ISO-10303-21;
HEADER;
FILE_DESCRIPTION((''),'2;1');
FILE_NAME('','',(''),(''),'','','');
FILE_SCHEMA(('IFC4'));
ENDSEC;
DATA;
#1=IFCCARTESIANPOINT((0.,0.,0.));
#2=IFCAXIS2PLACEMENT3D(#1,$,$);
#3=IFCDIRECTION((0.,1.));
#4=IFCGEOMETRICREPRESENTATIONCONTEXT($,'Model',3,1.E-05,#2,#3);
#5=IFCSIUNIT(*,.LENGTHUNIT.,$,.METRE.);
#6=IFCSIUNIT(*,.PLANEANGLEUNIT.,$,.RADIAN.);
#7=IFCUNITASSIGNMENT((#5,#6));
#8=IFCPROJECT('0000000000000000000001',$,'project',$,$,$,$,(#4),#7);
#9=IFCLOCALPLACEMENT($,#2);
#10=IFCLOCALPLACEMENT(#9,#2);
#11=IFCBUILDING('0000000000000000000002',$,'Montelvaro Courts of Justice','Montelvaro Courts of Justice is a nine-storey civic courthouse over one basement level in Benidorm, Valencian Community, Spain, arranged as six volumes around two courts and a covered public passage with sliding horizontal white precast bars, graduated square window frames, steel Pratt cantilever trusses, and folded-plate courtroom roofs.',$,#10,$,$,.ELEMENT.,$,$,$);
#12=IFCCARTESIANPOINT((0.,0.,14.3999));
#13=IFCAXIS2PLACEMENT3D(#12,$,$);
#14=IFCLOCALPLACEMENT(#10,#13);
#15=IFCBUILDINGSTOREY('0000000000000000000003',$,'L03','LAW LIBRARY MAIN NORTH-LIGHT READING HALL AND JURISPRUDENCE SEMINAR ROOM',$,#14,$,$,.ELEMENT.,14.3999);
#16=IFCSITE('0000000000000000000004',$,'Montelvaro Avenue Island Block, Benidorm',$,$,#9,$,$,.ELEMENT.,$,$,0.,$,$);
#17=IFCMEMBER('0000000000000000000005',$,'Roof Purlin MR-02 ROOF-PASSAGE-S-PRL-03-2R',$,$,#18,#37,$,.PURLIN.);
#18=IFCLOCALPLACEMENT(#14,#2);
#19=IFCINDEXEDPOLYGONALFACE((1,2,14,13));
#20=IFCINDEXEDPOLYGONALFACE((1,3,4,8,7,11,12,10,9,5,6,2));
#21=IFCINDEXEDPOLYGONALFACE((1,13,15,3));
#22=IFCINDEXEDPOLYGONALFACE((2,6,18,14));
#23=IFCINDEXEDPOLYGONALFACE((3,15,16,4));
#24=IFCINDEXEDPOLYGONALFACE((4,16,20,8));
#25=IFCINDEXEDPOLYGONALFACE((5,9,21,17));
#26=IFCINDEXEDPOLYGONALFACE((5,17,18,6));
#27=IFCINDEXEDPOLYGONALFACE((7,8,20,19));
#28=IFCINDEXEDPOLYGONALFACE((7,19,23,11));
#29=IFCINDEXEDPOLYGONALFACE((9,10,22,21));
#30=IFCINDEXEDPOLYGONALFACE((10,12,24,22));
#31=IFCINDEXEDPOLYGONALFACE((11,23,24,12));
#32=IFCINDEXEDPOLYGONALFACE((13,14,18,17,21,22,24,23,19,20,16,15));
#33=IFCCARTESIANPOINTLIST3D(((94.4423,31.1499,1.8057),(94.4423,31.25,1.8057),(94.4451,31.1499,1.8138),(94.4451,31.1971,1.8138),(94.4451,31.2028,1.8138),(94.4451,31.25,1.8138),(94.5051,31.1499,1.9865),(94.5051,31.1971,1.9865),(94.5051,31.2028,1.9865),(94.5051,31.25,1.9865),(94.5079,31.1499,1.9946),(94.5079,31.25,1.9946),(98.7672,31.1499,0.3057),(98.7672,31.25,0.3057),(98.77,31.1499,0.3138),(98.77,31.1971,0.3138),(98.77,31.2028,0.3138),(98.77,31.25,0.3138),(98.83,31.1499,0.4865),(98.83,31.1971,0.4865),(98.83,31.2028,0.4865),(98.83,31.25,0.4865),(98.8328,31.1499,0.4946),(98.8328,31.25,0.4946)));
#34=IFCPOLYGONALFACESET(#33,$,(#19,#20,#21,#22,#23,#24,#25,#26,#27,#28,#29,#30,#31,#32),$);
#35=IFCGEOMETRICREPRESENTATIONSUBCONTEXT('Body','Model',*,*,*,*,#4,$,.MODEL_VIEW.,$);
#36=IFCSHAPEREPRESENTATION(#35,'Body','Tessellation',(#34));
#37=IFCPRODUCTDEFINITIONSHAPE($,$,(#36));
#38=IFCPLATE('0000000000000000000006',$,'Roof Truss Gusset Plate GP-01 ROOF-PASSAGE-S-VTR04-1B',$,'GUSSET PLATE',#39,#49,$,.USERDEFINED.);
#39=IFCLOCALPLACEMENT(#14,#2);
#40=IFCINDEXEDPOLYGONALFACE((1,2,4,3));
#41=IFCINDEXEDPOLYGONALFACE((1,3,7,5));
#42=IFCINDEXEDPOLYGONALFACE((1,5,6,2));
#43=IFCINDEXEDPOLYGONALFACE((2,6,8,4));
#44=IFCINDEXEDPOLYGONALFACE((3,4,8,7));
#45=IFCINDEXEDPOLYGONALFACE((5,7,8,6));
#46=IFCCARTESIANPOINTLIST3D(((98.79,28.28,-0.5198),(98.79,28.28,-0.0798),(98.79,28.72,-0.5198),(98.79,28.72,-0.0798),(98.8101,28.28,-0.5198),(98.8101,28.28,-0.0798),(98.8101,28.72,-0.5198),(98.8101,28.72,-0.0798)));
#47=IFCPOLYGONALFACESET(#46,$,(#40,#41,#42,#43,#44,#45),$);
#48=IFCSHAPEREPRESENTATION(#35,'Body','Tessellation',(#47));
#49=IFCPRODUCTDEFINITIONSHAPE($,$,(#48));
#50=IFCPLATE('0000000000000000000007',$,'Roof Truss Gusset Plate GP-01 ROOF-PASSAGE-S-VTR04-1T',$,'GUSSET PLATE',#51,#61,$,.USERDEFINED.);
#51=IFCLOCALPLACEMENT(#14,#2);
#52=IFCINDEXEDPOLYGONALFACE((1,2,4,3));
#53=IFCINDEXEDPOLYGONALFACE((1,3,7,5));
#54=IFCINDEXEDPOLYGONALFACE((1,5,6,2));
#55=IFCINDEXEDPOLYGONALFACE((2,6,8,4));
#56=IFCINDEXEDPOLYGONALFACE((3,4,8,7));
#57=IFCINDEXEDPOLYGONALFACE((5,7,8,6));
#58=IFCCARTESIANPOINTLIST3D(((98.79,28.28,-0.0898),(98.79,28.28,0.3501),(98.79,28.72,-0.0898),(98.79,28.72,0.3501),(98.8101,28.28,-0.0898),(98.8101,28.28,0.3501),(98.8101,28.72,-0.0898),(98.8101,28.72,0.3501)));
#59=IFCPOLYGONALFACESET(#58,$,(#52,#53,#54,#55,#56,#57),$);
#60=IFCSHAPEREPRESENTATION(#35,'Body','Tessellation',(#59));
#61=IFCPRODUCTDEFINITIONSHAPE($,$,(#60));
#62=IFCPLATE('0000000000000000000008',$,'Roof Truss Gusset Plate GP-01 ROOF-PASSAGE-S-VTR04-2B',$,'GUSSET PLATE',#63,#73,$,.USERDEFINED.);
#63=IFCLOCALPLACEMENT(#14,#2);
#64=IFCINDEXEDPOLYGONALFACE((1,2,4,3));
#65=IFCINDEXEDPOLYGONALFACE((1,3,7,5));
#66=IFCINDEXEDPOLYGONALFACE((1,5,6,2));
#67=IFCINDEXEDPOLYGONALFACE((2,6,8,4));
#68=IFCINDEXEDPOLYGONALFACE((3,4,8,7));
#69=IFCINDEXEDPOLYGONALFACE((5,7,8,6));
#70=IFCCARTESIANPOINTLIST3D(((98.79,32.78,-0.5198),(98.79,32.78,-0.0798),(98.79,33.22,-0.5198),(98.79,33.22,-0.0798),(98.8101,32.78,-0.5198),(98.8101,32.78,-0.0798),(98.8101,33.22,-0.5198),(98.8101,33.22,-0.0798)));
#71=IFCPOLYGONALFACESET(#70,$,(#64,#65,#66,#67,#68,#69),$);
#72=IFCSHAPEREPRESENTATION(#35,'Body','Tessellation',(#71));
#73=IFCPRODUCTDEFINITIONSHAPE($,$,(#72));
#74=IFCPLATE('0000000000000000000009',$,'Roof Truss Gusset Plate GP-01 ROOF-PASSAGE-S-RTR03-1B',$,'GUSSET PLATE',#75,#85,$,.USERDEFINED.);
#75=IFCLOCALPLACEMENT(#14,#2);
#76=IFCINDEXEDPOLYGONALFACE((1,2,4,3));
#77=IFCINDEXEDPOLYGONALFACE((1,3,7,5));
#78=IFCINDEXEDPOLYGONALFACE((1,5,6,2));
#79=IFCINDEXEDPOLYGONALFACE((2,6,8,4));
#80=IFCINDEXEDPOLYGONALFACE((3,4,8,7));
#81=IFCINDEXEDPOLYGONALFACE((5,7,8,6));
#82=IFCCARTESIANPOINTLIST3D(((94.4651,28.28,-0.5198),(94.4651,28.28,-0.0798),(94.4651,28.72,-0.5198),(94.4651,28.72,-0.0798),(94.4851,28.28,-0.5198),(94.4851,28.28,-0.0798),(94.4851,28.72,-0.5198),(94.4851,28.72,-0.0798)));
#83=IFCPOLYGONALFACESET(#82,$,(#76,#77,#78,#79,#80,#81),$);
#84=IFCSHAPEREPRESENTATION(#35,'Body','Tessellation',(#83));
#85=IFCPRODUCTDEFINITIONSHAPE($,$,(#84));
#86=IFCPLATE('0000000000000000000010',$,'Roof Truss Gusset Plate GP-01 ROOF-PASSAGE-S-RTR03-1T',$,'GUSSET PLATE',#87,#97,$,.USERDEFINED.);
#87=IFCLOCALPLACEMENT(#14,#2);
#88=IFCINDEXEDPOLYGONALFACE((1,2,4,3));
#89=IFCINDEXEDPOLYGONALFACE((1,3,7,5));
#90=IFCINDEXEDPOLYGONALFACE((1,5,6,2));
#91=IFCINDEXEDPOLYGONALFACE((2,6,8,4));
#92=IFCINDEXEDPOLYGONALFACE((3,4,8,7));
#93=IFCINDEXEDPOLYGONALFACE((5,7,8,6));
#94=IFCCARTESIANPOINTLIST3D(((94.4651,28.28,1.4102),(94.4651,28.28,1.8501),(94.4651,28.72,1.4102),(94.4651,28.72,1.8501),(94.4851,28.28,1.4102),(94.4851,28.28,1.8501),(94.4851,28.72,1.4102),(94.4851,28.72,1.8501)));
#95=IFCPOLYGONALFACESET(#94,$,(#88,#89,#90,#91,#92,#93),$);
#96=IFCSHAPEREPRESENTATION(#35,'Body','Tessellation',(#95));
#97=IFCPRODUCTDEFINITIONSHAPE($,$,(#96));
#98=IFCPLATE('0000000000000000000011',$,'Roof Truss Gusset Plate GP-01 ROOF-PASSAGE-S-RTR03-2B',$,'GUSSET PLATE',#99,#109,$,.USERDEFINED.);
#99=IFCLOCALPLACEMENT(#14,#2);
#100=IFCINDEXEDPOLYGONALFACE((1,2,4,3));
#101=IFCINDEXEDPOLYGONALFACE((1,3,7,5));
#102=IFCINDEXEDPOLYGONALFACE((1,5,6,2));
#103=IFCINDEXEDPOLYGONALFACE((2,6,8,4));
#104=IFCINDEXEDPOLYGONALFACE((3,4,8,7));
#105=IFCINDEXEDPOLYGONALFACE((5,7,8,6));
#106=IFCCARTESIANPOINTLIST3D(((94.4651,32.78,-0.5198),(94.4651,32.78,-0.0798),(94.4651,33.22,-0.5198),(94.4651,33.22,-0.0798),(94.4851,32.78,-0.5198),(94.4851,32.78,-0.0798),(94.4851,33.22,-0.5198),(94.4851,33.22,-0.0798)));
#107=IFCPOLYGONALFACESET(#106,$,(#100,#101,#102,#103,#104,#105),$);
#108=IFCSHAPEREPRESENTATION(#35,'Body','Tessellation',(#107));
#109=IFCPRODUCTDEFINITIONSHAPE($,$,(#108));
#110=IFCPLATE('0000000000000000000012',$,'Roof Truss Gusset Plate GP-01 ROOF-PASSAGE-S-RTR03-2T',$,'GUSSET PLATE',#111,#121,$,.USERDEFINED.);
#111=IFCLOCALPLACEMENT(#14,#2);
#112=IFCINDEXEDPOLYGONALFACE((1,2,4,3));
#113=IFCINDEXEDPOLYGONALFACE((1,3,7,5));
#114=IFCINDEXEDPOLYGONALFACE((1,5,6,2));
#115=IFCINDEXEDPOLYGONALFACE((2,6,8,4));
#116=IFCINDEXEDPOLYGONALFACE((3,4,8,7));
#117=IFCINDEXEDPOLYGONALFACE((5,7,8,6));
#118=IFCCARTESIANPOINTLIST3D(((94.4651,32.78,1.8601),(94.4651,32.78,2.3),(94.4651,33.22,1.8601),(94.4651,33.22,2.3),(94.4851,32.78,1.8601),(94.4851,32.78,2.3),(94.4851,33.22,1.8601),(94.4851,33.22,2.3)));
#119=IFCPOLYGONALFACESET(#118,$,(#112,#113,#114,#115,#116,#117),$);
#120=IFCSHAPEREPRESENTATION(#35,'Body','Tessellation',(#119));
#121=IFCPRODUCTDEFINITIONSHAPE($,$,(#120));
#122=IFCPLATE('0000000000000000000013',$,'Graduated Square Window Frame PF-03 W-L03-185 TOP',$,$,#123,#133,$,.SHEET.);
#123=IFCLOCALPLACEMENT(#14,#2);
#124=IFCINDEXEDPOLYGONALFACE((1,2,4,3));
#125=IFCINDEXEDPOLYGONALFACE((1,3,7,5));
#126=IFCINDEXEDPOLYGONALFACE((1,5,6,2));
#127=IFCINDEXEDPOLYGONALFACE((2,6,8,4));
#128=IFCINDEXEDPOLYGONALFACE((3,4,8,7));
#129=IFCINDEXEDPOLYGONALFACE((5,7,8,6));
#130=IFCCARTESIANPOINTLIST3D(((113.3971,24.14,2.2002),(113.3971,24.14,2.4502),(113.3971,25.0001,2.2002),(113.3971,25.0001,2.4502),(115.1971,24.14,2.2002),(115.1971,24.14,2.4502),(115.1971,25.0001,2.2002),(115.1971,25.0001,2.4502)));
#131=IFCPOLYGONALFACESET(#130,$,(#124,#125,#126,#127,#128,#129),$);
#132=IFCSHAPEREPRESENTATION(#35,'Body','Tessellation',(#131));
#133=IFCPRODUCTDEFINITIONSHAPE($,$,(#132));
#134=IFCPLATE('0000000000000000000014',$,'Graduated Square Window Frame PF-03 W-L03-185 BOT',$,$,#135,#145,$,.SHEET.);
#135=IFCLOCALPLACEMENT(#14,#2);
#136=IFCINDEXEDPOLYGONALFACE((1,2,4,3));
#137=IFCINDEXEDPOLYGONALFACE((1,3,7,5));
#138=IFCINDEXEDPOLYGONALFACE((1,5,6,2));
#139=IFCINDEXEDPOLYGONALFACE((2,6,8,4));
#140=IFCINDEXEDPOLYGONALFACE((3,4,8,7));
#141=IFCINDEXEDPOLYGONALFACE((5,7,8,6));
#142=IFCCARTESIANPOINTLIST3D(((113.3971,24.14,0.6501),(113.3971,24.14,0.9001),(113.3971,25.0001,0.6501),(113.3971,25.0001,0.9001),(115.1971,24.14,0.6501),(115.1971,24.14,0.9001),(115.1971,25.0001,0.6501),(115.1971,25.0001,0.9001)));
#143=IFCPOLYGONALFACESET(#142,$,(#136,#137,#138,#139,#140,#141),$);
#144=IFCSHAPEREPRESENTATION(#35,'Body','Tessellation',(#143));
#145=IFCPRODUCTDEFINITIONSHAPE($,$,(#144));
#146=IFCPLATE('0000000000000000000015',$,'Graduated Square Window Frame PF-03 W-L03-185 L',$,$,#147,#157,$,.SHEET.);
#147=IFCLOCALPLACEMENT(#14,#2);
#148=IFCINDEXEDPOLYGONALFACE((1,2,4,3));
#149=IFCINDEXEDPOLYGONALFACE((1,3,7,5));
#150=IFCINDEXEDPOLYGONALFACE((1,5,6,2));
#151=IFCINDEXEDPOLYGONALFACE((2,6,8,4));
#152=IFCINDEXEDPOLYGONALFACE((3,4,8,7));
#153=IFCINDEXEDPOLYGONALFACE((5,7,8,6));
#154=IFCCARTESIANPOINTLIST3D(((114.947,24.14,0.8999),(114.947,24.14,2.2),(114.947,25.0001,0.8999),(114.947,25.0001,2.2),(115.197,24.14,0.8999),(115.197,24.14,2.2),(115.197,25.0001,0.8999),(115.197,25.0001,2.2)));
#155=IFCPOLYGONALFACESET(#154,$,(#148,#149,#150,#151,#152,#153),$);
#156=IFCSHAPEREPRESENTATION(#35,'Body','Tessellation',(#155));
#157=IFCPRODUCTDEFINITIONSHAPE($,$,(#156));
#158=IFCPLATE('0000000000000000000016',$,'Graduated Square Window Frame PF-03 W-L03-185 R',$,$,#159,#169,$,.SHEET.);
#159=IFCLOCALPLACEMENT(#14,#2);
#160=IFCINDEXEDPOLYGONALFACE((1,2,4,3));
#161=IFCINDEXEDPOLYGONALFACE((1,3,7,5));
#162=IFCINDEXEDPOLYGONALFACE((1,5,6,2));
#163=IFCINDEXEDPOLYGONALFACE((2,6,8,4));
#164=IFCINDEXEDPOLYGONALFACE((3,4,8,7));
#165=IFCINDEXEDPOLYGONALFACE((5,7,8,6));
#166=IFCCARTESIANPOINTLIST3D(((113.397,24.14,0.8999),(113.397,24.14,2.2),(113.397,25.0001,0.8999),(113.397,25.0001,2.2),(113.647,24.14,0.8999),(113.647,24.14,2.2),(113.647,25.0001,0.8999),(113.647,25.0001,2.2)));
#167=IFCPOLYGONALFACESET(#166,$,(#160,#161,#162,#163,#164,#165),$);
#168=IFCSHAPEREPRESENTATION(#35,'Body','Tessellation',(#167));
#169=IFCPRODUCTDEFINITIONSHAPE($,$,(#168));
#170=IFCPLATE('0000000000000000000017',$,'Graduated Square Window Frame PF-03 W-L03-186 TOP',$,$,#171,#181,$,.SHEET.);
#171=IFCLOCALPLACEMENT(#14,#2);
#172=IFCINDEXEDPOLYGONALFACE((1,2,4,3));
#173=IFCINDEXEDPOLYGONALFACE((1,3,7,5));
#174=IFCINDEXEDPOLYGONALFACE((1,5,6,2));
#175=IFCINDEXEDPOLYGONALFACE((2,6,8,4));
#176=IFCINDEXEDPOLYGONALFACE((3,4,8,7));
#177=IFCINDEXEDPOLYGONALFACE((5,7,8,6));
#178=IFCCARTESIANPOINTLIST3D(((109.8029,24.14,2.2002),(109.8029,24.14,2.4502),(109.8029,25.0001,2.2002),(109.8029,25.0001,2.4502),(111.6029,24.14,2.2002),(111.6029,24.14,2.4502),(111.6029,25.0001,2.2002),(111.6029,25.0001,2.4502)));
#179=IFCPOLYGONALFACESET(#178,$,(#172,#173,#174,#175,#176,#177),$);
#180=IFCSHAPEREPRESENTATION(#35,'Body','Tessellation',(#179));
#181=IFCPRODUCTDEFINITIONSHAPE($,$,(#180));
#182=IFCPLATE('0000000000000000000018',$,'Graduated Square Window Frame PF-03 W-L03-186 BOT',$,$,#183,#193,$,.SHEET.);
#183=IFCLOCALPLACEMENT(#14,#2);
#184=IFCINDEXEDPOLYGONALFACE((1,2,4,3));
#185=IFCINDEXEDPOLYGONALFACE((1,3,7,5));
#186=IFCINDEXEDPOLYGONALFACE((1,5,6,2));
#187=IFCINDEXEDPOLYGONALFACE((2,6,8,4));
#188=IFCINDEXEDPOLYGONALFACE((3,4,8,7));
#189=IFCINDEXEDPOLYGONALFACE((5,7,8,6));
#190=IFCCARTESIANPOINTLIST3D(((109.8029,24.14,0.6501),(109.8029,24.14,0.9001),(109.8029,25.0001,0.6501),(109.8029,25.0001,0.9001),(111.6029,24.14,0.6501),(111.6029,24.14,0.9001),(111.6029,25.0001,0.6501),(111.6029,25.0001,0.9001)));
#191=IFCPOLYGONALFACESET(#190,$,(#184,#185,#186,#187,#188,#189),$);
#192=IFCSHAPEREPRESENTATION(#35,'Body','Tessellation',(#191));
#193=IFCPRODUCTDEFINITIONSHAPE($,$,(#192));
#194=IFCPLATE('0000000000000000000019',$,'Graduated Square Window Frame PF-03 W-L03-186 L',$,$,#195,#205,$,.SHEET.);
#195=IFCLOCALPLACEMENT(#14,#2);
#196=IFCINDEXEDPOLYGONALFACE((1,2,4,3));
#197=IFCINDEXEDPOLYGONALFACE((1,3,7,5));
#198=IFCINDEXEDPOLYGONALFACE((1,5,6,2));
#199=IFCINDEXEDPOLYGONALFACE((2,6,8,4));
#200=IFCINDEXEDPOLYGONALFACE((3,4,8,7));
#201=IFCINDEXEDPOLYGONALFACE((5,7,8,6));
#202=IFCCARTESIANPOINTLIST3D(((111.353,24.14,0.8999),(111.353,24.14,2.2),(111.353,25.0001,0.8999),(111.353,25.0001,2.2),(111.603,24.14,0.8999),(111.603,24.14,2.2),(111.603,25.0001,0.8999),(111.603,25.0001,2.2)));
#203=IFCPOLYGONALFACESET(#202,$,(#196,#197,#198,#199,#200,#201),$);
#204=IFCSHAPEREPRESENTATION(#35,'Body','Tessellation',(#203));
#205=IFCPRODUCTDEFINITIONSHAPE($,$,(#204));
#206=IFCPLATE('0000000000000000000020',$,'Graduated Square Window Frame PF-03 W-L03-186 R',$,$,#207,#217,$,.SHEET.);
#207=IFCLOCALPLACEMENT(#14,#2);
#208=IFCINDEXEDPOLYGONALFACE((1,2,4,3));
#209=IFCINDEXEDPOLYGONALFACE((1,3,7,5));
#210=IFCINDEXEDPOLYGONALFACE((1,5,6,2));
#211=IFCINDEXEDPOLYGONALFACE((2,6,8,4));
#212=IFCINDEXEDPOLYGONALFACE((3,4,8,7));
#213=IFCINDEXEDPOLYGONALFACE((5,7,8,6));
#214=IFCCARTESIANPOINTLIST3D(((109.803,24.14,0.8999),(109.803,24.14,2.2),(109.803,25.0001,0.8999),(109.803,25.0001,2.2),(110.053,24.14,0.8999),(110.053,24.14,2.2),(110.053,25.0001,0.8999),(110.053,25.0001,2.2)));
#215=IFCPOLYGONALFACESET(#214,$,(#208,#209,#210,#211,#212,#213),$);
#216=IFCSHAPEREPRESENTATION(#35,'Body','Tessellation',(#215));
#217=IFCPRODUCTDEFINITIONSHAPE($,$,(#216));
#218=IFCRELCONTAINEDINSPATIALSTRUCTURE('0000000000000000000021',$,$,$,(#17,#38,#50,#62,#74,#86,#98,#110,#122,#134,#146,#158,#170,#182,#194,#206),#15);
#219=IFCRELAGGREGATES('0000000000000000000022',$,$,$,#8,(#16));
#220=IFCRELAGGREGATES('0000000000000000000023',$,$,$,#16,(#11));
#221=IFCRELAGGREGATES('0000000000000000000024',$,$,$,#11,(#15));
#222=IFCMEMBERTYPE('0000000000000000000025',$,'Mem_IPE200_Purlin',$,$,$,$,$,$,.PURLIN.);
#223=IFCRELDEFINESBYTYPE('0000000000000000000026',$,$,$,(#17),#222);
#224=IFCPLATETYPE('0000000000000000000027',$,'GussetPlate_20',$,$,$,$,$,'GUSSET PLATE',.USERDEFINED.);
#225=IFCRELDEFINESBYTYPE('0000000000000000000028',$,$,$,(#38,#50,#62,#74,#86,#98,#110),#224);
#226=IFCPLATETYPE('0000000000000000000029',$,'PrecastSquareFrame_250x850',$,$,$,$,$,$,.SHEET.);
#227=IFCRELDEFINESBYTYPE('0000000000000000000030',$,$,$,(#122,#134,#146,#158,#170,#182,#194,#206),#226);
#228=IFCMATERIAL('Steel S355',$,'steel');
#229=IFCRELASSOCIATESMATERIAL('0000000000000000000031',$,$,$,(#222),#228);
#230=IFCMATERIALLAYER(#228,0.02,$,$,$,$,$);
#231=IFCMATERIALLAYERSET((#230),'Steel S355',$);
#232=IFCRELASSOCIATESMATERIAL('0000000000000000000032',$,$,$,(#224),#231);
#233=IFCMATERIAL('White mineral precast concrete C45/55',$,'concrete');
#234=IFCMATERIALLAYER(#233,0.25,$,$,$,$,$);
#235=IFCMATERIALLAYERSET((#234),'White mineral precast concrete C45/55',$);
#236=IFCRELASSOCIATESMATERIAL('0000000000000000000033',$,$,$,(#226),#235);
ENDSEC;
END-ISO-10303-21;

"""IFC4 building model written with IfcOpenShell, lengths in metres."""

from ifc_helpers import new_model, si_unit, direction, frame, origin, origin_2d, place, context, subcontext, project, spatial, rectangle, i_section, extrude, material, layer, layer_set, material_profile, profile_set, type_object, element, save


model = new_model("IFC4")

# Units and contexts
model_context = context("Model", 3, precision=1e-05, world=origin(), true_north=direction((0.0, 1.0)))
body_context = subcontext(model_context, "Body", "Model", "MODEL_VIEW")
ifc_project = project(units=[si_unit("LENGTHUNIT", "METRE"), si_unit("PLANEANGLEUNIT", "RADIAN")], contexts=[model_context])

# Site, building, storey
site_placement = place(None, origin())
site = spatial("IfcSite", under=ifc_project, at=site_placement, Name="Montelvaro Avenue Island Block, Benidorm", CompositionType="ELEMENT", RefElevation=0.0)
building_placement = place(site_placement, origin())
building = spatial("IfcBuilding", under=site, at=building_placement, Name="Montelvaro Courts of Justice", Description="Montelvaro Courts of Justice is a nine-storey civic courthouse over one basement level in Benidorm, Valencian Community, Spain, arranged as six volumes around two courts and a covered public passage with sliding horizontal white precast bars, graduated square window frames, steel Pratt cantilever trusses, and folded-plate courtroom roofs.", CompositionType="ELEMENT")
storey_placement = place(building_placement, frame((0.0, 0.0, 14.3999)))
storey = spatial("IfcBuildingStorey", under=building, at=storey_placement, Name="L03", Description="LAW LIBRARY MAIN NORTH-LIGHT READING HALL AND JURISPRUDENCE SEMINAR ROOM", CompositionType="ELEMENT", Elevation=14.3999)

# Member
ifc_material_1 = material(Name="Steel S355", Category="steel")
ifc_material_profile_1 = material_profile(ifc_material_1, i_section(OverallWidth=0.1001, OverallDepth=0.2, WebThickness=0.0056, FlangeThickness=0.0085, at=origin_2d()), Name="IPE 200")
ifc_profile_set_1 = profile_set([ifc_material_profile_1], Name="Steel S355")
member_type_1 = type_object("IfcMemberType", Name="Mem_IPE200_Purlin", PredefinedType="PURLIN", material=ifc_profile_set_1)
member_1_placement = place(storey_placement, frame((94.4751, 31.2, 1.9001), z_axis=(0.94479, 0.0, -0.327677), x_axis=(0.0, 1.0, 0.0)))
element("IfcMember", 1, at=member_1_placement, inside=storey, type_object=member_type_1, Name="Roof Purlin MR-02 ROOF-PASSAGE-S-PRL-03-2R", PredefinedType="PURLIN", context=body_context, shape_type="SweptSolid", body=[
    extrude(i_section(OverallWidth=0.1001, OverallDepth=0.2, WebThickness=0.0056, FlangeThickness=0.0085, at=origin_2d()), origin(), (0.0, 0.0, 1.0), 4.5776),
])

# Plates
ifc_layer_1 = layer(ifc_material_1, 0.02)
ifc_layer_set_1 = layer_set([ifc_layer_1], Name="Steel S355")
plate_type_1 = type_object("IfcPlateType", Name="GussetPlate_20", ElementType="GUSSET PLATE", PredefinedType="USERDEFINED", material=ifc_layer_set_1)
for number, where, z_axis, x_axis, name in (
    (2, (98.8, 28.5, -0.5198), (0.0, 0.0, 1.0), (1.0, 0.0, 0.0), "Roof Truss Gusset Plate GP-01 ROOF-PASSAGE-S-VTR04-1B"),
    (3, (98.8, 28.5, -0.0898), (0.0, 0.0, 1.0), (1.0, 0.0, 0.0), "Roof Truss Gusset Plate GP-01 ROOF-PASSAGE-S-VTR04-1T"),
    (4, (98.8, 33.0, -0.5198), (0.0, 0.0, 1.0), (1.0, 0.0, 0.0), "Roof Truss Gusset Plate GP-01 ROOF-PASSAGE-S-VTR04-2B"),
    (5, (94.4751, 28.5, -0.5198), (0.0, 0.0, 1.0), (1.0, 0.0, 0.0), "Roof Truss Gusset Plate GP-01 ROOF-PASSAGE-S-RTR03-1B"),
    (6, (94.4751, 28.5, 1.4102), (0.0, 0.0, 1.0), (1.0, 0.0, 0.0), "Roof Truss Gusset Plate GP-01 ROOF-PASSAGE-S-RTR03-1T"),
    (7, (94.4751, 33.0, -0.5198), (0.0, 0.0, 1.0), (1.0, 0.0, 0.0), "Roof Truss Gusset Plate GP-01 ROOF-PASSAGE-S-RTR03-2B"),
    (8, (94.4751, 33.0, 1.8601), (0.0, 0.0, 1.0), (1.0, 0.0, 0.0), "Roof Truss Gusset Plate GP-01 ROOF-PASSAGE-S-RTR03-2T"),
):
    element("IfcPlate", number, at=place(storey_placement, frame(where, z_axis=z_axis, x_axis=x_axis)), inside=storey, type_object=plate_type_1, Name=name, ObjectType="GUSSET PLATE", PredefinedType="USERDEFINED", context=body_context, shape_type="SweptSolid", body=[
        extrude(rectangle(XDim=0.02, YDim=0.4399, at=origin_2d()), origin(), (0.0, 0.0, 1.0), 0.4399),
    ])
ifc_material_2 = material(Name="White mineral precast concrete C45/55", Category="concrete")
ifc_layer_2 = layer(ifc_material_2, 0.25)
ifc_layer_set_2 = layer_set([ifc_layer_2], Name="White mineral precast concrete C45/55")
plate_type_2 = type_object("IfcPlateType", Name="PrecastSquareFrame_250x850", PredefinedType="SHEET", material=ifc_layer_set_2)
for number, where, z_axis, x_axis, name in (
    (9, (114.2971, 24.5701, 2.2002), (0.0, 0.0, 1.0), (-1.0, 0.0, 0.0), "Graduated Square Window Frame PF-03 W-L03-185 TOP"),
    (10, (114.2971, 24.5701, 0.6501), (0.0, 0.0, 1.0), (-1.0, 0.0, 0.0), "Graduated Square Window Frame PF-03 W-L03-185 BOT"),
):
    element("IfcPlate", number, at=place(storey_placement, frame(where, z_axis=z_axis, x_axis=x_axis)), inside=storey, type_object=plate_type_2, Name=name, PredefinedType="SHEET", context=body_context, shape_type="SweptSolid", body=[
        extrude(rectangle(XDim=1.8, YDim=0.8601, at=origin_2d()), origin(), (0.0, 0.0, 1.0), 0.25),
    ])
for number, where, z_axis, x_axis, name in (
    (11, (115.072, 24.5701, 0.8999), (0.0, 0.0, 1.0), (-1.0, 0.0, 0.0), "Graduated Square Window Frame PF-03 W-L03-185 L"),
    (12, (113.522, 24.5701, 0.8999), (0.0, 0.0, 1.0), (-1.0, 0.0, 0.0), "Graduated Square Window Frame PF-03 W-L03-185 R"),
):
    element("IfcPlate", number, at=place(storey_placement, frame(where, z_axis=z_axis, x_axis=x_axis)), inside=storey, type_object=plate_type_2, Name=name, PredefinedType="SHEET", context=body_context, shape_type="SweptSolid", body=[
        extrude(rectangle(XDim=0.25, YDim=0.8601, at=origin_2d()), origin(), (0.0, 0.0, 1.0), 1.3),
    ])
for number, where, z_axis, x_axis, name in (
    (13, (110.7029, 24.5701, 2.2002), (0.0, 0.0, 1.0), (-1.0, 0.0, 0.0), "Graduated Square Window Frame PF-03 W-L03-186 TOP"),
    (14, (110.7029, 24.5701, 0.6501), (0.0, 0.0, 1.0), (-1.0, 0.0, 0.0), "Graduated Square Window Frame PF-03 W-L03-186 BOT"),
):
    element("IfcPlate", number, at=place(storey_placement, frame(where, z_axis=z_axis, x_axis=x_axis)), inside=storey, type_object=plate_type_2, Name=name, PredefinedType="SHEET", context=body_context, shape_type="SweptSolid", body=[
        extrude(rectangle(XDim=1.8, YDim=0.8601, at=origin_2d()), origin(), (0.0, 0.0, 1.0), 0.25),
    ])
for number, where, z_axis, x_axis, name in (
    (15, (111.478, 24.5701, 0.8999), (0.0, 0.0, 1.0), (-1.0, 0.0, 0.0), "Graduated Square Window Frame PF-03 W-L03-186 L"),
    (16, (109.928, 24.5701, 0.8999), (0.0, 0.0, 1.0), (-1.0, 0.0, 0.0), "Graduated Square Window Frame PF-03 W-L03-186 R"),
):
    element("IfcPlate", number, at=place(storey_placement, frame(where, z_axis=z_axis, x_axis=x_axis)), inside=storey, type_object=plate_type_2, Name=name, PredefinedType="SHEET", context=body_context, shape_type="SweptSolid", body=[
        extrude(rectangle(XDim=0.25, YDim=0.8601, at=origin_2d()), origin(), (0.0, 0.0, 1.0), 1.3),
    ])

save(model, "model.ifc")
